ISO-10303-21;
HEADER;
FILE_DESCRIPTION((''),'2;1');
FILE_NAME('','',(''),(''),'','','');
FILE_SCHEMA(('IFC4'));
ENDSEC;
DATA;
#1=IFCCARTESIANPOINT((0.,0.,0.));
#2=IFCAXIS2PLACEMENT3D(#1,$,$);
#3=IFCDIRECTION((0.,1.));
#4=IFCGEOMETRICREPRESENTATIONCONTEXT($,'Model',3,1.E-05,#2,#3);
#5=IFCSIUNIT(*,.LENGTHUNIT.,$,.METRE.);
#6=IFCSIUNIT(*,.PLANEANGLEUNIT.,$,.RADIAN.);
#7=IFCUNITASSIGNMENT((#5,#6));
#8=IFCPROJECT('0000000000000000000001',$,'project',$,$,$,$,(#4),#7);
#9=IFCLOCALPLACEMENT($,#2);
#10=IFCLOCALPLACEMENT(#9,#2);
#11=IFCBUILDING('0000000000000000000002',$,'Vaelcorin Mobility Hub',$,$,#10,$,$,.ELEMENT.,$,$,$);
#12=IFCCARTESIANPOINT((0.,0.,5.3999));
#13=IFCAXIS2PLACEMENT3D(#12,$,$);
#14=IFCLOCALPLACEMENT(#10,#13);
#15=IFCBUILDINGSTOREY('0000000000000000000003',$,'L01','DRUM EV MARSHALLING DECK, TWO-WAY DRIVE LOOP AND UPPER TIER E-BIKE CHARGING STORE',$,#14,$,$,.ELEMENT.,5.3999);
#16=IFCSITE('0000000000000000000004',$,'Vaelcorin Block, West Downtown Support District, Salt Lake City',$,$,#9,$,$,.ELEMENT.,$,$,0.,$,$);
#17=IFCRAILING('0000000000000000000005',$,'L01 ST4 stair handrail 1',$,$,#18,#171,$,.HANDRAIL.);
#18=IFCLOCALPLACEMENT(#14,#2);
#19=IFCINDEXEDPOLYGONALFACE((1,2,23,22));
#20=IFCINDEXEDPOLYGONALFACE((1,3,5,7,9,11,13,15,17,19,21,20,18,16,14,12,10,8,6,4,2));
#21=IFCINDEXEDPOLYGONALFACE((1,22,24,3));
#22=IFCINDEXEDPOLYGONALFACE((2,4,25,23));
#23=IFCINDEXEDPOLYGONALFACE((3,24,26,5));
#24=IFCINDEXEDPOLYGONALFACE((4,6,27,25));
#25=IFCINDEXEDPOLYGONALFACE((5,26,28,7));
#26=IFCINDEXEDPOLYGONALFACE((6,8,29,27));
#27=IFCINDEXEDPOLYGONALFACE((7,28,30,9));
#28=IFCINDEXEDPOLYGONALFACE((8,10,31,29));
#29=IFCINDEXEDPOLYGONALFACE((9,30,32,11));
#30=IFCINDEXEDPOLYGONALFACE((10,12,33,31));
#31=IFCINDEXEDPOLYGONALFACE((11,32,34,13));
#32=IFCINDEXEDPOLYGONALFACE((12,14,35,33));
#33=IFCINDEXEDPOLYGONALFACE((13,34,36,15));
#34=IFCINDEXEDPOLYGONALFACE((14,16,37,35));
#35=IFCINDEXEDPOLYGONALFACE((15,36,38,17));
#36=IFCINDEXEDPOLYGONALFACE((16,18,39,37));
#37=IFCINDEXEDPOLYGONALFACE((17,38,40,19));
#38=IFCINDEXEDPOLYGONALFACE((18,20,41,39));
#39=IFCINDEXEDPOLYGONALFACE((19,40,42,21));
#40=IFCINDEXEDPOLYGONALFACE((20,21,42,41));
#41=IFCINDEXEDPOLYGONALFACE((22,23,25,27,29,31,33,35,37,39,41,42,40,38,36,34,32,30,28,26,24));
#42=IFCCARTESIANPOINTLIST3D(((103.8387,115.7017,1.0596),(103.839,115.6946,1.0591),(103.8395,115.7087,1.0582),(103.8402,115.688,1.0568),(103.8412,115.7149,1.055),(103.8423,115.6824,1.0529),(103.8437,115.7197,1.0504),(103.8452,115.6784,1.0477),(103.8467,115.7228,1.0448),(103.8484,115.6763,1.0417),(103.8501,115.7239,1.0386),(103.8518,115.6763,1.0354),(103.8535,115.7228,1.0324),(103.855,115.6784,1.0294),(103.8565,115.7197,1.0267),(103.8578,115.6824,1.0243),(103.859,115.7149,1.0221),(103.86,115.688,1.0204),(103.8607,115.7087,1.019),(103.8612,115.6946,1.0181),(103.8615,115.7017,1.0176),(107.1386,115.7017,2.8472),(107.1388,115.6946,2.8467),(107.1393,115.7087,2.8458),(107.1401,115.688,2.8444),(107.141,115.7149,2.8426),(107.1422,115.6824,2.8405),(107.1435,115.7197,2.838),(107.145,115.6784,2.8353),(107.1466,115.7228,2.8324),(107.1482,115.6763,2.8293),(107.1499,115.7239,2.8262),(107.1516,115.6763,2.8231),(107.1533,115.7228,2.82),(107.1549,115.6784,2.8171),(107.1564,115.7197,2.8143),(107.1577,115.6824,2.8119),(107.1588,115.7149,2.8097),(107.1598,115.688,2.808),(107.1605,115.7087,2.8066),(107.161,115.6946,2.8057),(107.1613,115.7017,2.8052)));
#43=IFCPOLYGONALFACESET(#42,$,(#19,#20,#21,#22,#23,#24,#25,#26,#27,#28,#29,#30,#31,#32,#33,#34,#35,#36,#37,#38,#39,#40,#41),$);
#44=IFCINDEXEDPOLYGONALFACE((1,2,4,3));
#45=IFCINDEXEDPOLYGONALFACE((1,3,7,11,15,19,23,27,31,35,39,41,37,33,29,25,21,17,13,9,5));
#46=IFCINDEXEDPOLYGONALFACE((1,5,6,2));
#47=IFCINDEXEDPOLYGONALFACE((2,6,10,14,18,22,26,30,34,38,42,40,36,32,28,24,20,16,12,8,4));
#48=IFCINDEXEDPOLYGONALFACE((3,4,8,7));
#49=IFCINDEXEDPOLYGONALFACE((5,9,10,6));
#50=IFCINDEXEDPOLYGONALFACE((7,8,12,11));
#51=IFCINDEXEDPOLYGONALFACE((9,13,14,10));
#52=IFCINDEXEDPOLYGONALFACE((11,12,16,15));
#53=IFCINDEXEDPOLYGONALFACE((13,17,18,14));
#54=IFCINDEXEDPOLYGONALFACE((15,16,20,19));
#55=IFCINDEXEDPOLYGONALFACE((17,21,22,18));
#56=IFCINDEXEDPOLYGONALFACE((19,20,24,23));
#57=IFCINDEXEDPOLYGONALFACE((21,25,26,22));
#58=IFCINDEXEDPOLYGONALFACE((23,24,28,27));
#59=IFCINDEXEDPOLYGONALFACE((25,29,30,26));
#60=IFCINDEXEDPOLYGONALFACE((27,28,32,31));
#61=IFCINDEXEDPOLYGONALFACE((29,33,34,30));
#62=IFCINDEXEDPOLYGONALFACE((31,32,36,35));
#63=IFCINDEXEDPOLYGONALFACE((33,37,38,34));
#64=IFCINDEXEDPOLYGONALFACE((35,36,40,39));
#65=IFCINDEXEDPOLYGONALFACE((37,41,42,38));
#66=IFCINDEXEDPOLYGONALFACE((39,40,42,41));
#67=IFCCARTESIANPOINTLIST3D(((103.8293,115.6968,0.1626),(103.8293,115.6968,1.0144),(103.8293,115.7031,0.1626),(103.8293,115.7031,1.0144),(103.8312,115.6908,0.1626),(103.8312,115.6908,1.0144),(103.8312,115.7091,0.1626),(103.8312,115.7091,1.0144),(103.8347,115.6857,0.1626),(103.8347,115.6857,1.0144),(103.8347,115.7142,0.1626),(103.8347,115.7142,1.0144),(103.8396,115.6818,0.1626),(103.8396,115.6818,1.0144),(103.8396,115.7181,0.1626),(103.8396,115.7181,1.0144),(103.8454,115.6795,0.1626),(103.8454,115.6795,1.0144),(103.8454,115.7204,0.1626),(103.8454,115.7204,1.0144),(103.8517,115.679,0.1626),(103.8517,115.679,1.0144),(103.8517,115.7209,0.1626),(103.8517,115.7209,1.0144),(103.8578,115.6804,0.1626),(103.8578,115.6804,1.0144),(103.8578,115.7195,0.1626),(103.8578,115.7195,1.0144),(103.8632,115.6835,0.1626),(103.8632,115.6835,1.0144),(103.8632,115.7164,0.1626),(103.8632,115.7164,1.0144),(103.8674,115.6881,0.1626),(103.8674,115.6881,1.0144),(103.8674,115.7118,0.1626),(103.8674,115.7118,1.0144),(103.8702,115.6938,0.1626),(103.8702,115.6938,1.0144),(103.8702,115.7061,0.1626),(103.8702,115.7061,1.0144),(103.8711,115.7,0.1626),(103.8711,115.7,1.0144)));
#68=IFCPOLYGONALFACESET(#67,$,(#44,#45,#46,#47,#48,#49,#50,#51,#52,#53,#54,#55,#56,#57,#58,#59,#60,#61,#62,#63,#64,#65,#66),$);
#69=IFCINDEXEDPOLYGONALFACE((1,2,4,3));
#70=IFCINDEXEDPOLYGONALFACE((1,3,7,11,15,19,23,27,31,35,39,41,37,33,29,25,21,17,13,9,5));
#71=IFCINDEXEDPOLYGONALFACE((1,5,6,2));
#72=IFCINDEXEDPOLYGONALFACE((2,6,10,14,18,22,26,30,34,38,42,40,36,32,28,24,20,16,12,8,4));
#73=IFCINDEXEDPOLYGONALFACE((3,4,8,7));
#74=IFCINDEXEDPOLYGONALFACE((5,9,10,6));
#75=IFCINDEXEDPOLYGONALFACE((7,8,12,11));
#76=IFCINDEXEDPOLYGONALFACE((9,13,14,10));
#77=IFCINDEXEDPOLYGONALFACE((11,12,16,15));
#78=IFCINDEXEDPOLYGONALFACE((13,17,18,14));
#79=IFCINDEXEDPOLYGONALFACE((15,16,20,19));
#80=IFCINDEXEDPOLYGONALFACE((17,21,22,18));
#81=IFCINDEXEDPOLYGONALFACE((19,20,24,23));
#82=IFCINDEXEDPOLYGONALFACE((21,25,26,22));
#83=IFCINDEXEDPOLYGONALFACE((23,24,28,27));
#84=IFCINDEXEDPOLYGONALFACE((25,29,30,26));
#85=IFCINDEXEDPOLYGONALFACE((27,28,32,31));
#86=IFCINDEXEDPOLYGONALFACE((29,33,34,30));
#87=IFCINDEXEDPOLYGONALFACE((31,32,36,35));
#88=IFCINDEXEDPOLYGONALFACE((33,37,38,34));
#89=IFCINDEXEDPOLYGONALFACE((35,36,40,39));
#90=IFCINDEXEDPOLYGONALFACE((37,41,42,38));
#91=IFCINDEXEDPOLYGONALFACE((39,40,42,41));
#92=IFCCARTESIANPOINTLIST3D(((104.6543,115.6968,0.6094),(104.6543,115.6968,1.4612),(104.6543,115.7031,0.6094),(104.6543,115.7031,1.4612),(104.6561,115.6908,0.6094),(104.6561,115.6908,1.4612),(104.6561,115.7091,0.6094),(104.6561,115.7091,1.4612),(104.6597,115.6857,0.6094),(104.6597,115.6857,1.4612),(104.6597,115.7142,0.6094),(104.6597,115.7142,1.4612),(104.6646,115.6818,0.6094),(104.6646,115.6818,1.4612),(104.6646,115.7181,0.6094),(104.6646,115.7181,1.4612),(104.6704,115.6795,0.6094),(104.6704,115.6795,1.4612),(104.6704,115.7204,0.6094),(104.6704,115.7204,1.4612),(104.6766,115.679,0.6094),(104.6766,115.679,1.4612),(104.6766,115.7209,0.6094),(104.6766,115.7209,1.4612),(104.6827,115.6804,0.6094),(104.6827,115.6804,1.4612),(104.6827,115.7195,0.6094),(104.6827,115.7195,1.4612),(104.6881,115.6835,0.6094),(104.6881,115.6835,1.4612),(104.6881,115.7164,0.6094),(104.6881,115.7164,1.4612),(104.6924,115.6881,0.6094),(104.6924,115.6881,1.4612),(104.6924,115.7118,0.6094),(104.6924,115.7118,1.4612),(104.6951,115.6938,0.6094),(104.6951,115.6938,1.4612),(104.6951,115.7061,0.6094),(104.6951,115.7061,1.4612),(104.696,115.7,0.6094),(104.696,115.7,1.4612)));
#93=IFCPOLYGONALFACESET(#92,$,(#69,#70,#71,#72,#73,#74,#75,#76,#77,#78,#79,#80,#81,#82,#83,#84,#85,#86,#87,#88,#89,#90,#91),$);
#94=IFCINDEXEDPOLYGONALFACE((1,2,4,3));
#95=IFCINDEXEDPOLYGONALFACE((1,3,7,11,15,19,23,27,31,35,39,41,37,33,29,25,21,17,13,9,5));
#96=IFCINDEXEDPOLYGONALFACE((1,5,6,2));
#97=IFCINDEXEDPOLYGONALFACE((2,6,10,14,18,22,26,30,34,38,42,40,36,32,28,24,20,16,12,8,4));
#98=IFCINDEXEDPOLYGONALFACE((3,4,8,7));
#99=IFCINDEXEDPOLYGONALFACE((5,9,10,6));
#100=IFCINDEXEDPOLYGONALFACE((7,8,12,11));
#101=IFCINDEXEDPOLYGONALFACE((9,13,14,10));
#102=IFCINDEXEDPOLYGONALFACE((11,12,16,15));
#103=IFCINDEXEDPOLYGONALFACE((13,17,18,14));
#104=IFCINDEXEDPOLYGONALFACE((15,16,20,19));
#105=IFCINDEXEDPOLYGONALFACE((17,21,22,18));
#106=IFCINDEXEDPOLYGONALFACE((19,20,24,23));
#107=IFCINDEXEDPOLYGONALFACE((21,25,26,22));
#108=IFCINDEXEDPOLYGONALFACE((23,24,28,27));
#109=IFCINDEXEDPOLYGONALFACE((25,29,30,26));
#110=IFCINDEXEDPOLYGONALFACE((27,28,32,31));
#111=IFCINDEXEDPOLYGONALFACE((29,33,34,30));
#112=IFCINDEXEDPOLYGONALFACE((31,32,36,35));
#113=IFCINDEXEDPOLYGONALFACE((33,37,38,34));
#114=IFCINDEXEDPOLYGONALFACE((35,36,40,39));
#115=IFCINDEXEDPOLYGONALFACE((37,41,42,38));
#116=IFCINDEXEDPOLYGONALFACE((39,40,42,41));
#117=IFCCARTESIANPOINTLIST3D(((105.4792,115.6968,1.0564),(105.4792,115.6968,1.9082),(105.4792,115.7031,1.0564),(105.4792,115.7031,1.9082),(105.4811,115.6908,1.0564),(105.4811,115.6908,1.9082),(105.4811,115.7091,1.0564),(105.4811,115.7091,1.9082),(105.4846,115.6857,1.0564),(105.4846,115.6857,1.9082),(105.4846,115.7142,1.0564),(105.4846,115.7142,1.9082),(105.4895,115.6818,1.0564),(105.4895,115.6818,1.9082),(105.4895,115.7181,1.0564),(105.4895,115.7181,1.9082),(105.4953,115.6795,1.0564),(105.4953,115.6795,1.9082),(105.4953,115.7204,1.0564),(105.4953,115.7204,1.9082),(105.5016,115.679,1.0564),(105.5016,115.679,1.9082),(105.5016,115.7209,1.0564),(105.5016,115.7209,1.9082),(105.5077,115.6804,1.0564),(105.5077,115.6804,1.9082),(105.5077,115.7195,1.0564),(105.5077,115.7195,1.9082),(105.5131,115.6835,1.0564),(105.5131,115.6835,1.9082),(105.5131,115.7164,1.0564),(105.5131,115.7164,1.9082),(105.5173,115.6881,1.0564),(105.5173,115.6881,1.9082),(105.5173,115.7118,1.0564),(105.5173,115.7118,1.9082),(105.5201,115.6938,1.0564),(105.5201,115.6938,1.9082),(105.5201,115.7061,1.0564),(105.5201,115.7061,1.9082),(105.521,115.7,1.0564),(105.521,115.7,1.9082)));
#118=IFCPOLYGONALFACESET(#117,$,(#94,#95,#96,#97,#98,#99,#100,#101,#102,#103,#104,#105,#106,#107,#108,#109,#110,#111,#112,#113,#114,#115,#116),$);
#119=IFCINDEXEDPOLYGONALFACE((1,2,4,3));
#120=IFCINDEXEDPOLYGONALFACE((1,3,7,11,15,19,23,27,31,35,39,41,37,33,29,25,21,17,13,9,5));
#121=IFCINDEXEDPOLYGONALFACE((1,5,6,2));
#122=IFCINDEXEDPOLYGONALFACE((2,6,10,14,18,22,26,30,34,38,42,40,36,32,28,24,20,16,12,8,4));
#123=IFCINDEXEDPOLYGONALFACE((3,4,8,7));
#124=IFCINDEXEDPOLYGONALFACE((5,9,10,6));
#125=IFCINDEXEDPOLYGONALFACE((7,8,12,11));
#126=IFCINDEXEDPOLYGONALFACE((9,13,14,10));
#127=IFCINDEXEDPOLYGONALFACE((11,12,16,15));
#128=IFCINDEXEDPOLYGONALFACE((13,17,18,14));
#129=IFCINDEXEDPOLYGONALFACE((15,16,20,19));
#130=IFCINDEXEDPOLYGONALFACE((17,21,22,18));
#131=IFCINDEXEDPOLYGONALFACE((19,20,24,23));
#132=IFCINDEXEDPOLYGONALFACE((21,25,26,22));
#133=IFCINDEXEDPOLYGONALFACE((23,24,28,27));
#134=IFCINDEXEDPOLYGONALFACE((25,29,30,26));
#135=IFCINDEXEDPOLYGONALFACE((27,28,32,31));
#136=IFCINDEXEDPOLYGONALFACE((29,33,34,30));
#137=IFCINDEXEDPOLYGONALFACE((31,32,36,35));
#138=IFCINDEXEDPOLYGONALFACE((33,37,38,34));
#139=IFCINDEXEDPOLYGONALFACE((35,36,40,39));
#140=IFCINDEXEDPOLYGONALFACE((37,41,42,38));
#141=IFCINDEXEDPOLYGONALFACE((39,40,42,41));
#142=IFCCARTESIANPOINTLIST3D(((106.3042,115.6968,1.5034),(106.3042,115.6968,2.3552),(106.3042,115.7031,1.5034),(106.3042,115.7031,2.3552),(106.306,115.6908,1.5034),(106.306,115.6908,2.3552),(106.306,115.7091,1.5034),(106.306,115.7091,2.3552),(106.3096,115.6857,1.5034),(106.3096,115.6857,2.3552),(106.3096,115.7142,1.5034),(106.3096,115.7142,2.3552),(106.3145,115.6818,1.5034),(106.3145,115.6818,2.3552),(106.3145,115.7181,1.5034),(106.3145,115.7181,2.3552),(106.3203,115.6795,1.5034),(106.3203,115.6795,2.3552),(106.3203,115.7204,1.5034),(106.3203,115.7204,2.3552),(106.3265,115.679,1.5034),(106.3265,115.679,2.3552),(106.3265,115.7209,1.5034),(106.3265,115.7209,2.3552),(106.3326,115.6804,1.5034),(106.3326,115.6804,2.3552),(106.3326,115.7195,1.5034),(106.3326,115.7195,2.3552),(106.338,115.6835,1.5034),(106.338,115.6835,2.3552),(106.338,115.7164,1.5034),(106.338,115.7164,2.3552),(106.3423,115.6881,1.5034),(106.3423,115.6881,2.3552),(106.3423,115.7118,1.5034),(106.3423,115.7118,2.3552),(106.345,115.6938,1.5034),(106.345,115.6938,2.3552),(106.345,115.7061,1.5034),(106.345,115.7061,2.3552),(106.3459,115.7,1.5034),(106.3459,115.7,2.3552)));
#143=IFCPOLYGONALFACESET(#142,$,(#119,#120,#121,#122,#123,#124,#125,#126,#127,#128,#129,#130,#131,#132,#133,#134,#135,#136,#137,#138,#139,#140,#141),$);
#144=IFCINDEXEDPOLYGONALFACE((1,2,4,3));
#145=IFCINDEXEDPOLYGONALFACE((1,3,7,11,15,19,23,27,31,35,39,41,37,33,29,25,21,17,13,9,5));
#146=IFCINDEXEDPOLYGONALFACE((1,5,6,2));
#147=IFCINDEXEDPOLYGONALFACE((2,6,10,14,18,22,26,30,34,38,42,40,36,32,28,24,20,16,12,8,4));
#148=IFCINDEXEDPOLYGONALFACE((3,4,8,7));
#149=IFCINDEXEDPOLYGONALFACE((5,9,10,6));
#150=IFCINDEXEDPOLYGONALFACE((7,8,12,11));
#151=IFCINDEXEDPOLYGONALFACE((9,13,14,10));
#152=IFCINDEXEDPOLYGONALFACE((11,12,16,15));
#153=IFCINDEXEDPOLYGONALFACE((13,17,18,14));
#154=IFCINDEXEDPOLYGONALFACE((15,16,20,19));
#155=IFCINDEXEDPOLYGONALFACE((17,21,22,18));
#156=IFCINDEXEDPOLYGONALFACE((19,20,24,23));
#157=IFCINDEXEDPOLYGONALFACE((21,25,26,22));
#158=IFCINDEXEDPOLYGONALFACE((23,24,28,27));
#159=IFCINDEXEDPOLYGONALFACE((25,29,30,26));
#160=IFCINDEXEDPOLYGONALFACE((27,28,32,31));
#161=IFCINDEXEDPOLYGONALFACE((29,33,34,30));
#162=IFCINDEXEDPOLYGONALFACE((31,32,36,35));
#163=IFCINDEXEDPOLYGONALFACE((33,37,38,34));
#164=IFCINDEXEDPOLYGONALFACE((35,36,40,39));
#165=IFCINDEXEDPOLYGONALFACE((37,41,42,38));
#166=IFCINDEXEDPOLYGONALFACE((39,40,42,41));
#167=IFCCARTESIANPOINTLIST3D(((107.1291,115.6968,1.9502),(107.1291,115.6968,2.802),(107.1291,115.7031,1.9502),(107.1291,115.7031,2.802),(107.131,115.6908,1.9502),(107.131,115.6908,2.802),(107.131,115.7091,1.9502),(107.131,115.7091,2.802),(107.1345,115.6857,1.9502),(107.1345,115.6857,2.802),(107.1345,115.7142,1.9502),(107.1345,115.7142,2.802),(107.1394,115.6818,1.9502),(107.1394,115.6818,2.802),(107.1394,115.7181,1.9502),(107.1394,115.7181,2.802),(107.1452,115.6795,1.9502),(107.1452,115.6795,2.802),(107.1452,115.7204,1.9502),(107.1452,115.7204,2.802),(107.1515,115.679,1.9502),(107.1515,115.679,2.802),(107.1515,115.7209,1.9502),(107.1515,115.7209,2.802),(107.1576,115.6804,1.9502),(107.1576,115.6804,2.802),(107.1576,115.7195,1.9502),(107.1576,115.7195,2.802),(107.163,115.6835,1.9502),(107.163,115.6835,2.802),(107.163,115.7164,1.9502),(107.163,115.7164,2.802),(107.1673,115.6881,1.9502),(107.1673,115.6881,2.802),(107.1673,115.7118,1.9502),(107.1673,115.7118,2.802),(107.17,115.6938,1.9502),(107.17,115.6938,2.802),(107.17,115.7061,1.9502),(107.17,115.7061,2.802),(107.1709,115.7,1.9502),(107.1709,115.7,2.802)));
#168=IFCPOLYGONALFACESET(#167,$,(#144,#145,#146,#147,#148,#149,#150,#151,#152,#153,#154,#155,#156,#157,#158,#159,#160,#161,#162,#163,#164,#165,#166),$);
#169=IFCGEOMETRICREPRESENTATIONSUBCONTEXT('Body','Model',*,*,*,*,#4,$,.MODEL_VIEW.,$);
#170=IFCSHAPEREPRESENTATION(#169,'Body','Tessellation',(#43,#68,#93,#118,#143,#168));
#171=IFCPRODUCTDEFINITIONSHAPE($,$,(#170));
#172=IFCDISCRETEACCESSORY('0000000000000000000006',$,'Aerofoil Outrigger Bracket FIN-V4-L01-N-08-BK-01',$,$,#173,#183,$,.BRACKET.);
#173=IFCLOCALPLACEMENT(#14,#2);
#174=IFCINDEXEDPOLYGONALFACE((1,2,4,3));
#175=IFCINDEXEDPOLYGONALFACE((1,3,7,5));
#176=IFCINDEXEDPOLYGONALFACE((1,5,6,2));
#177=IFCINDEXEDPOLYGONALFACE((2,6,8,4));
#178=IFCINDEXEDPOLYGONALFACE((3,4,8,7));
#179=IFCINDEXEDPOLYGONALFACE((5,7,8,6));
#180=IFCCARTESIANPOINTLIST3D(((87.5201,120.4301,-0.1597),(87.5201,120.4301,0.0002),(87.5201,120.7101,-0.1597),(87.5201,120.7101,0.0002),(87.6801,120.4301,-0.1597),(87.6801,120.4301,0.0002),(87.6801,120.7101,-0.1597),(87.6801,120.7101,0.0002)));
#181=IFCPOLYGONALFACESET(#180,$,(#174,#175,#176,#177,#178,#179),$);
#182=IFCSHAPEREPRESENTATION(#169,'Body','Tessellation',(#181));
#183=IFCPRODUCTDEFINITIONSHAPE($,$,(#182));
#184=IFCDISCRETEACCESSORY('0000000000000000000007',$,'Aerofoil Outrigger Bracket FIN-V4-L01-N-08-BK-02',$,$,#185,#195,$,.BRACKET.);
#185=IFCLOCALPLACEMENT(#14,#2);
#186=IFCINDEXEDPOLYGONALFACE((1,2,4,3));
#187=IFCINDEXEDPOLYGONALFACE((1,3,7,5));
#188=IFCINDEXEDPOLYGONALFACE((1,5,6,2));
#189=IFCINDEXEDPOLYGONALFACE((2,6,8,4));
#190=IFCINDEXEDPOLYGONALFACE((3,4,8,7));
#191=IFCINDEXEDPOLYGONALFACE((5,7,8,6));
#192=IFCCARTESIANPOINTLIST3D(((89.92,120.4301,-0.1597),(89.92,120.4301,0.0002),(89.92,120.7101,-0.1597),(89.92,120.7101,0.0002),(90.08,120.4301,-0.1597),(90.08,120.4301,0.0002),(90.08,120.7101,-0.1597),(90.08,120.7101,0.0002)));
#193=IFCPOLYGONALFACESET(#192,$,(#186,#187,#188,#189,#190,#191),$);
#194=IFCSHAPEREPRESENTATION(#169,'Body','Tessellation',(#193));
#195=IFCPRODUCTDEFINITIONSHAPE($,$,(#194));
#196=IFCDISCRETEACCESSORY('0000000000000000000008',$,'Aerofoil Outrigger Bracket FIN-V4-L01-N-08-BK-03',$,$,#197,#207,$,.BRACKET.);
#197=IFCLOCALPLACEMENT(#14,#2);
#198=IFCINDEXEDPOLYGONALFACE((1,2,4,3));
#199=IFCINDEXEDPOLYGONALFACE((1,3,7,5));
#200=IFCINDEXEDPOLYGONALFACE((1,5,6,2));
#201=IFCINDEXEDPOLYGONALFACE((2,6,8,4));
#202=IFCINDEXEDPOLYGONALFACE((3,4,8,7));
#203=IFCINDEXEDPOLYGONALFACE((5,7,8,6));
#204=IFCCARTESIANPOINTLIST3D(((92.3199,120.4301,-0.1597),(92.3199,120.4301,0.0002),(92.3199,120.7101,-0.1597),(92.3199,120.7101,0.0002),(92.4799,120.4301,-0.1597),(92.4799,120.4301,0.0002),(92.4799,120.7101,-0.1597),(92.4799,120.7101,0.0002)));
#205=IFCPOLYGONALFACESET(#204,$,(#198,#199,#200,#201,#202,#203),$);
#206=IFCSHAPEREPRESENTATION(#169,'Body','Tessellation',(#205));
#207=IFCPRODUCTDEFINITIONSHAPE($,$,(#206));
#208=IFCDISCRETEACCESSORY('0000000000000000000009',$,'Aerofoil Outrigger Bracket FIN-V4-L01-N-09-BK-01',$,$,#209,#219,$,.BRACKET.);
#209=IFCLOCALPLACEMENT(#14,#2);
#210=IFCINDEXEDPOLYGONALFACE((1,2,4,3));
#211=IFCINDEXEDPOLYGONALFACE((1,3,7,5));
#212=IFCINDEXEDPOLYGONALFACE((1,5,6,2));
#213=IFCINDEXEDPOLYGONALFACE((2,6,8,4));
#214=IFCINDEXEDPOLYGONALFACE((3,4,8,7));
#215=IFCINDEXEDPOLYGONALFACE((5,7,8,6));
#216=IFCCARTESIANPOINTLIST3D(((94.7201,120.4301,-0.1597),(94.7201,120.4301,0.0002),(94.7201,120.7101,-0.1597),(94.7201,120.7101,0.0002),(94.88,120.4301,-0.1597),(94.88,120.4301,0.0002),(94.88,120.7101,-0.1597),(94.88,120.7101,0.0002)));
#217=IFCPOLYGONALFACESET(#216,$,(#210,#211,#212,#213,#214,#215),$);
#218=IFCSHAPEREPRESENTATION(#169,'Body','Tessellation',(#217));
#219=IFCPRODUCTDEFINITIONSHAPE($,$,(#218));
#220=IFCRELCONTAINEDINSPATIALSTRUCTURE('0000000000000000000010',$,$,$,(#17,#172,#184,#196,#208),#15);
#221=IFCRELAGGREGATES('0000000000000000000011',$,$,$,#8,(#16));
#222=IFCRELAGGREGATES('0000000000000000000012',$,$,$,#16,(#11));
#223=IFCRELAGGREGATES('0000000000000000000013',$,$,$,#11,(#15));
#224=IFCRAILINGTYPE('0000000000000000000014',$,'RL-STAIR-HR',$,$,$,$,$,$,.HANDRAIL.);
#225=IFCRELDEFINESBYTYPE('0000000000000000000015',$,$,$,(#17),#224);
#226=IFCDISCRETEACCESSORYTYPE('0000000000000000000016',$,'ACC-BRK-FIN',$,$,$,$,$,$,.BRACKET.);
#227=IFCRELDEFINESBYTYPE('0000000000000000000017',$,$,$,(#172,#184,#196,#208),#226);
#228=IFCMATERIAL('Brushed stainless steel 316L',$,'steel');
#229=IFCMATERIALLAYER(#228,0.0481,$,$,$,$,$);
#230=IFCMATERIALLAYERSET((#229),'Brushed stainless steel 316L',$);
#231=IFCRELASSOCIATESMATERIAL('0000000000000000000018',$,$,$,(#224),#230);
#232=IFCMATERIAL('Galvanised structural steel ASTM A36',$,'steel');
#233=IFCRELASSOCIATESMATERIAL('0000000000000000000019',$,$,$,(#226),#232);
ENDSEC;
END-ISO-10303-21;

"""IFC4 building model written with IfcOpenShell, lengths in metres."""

from ifc_helpers import new_model, si_unit, direction, frame, origin, origin_2d, place, context, subcontext, project, spatial, rectangle, circle, extrude, material, layer, layer_set, type_object, element, save


model = new_model("IFC4")

# Units and contexts
model_context = context("Model", 3, precision=1e-05, world=origin(), true_north=direction((0.0, 1.0)))
body_context = subcontext(model_context, "Body", "Model", "MODEL_VIEW")
ifc_project = project(units=[si_unit("LENGTHUNIT", "METRE"), si_unit("PLANEANGLEUNIT", "RADIAN")], contexts=[model_context])

# Site, building, storey
site_placement = place(None, origin())
site = spatial("IfcSite", under=ifc_project, at=site_placement, Name="Vaelcorin Block, West Downtown Support District, Salt Lake City", CompositionType="ELEMENT", RefElevation=0.0)
building_placement = place(site_placement, origin())
building = spatial("IfcBuilding", under=site, at=building_placement, Name="Vaelcorin Mobility Hub", CompositionType="ELEMENT")
storey_placement = place(building_placement, frame((0.0, 0.0, 5.3999)))
storey = spatial("IfcBuildingStorey", under=building, at=storey_placement, Name="L01", Description="DRUM EV MARSHALLING DECK, TWO-WAY DRIVE LOOP AND UPPER TIER E-BIKE CHARGING STORE", CompositionType="ELEMENT", Elevation=5.3999)

# Shared definitions
ifc_material_1 = material(Name="Brushed stainless steel 316L", Category="steel")

# Railing
ifc_material_2 = material(Name="Galvanised structural steel ASTM A36", Category="steel")
ifc_layer_1 = layer(ifc_material_1, 0.0481)
ifc_layer_set_1 = layer_set([ifc_layer_1], Name="Brushed stainless steel 316L")
railing_type_1 = type_object("IfcRailingType", Name="RL-STAIR-HR", PredefinedType="HANDRAIL", material=ifc_layer_set_1)
railing_1_placement = place(storey_placement, frame((103.8501, 115.7, 0.1626)))
element("IfcRailing", 1, at=railing_1_placement, inside=storey, type_object=railing_type_1, Name="L01 ST4 stair handrail 1", PredefinedType="HANDRAIL", context=body_context, shape_type="SweptSolid", body=[
    extrude(circle(Radius=0.0239, at=origin_2d()), frame((0.0, 0.0, 0.876), z_axis=(0.879269, 0.0, 0.476325), x_axis=(0.0, 1.0, 0.0)), (0.0, 0.0, 1.0), 3.7529),
    extrude(circle(Radius=0.021, at=origin_2d()), origin(), (0.0, 0.0, 1.0), 0.8518),
    extrude(circle(Radius=0.021, at=origin_2d()), frame((0.825, 0.0, 0.4468)), (0.0, 0.0, 1.0), 0.8518),
    extrude(circle(Radius=0.021, at=origin_2d()), frame((1.6499, 0.0, 0.8938)), (0.0, 0.0, 1.0), 0.8518),
    extrude(circle(Radius=0.021, at=origin_2d()), frame((2.4749, 0.0, 1.3408)), (0.0, 0.0, 1.0), 0.8518),
    extrude(circle(Radius=0.021, at=origin_2d()), frame((3.2998, 0.0, 1.7876)), (0.0, 0.0, 1.0), 0.8518),
])

# Discrete accessories
discrete_accessory_type = type_object("IfcDiscreteAccessoryType", Name="ACC-BRK-FIN", PredefinedType="BRACKET", material=ifc_material_2)
for number, where, z_axis, x_axis, name in (
    (2, (87.6001, 120.5701, -0.1597), (0.0, 0.0, 1.0), (0.0, 1.0, 0.0), "Aerofoil Outrigger Bracket FIN-V4-L01-N-08-BK-01"),
    (3, (90.0, 120.5701, -0.1597), (0.0, 0.0, 1.0), (0.0, 1.0, 0.0), "Aerofoil Outrigger Bracket FIN-V4-L01-N-08-BK-02"),
    (4, (92.3999, 120.5701, -0.1597), (0.0, 0.0, 1.0), (0.0, 1.0, 0.0), "Aerofoil Outrigger Bracket FIN-V4-L01-N-08-BK-03"),
    (5, (94.8, 120.5701, -0.1597), (0.0, 0.0, 1.0), (0.0, 1.0, 0.0), "Aerofoil Outrigger Bracket FIN-V4-L01-N-09-BK-01"),
):
    element("IfcDiscreteAccessory", number, at=place(storey_placement, frame(where, z_axis=z_axis, x_axis=x_axis)), inside=storey, type_object=discrete_accessory_type, Name=name, PredefinedType="BRACKET", context=body_context, shape_type="SweptSolid", body=[
        extrude(rectangle(XDim=0.28, YDim=0.1599, at=origin_2d()), origin(), (0.0, 0.0, 1.0), 0.1599),
    ])

save(model, "model.ifc")
